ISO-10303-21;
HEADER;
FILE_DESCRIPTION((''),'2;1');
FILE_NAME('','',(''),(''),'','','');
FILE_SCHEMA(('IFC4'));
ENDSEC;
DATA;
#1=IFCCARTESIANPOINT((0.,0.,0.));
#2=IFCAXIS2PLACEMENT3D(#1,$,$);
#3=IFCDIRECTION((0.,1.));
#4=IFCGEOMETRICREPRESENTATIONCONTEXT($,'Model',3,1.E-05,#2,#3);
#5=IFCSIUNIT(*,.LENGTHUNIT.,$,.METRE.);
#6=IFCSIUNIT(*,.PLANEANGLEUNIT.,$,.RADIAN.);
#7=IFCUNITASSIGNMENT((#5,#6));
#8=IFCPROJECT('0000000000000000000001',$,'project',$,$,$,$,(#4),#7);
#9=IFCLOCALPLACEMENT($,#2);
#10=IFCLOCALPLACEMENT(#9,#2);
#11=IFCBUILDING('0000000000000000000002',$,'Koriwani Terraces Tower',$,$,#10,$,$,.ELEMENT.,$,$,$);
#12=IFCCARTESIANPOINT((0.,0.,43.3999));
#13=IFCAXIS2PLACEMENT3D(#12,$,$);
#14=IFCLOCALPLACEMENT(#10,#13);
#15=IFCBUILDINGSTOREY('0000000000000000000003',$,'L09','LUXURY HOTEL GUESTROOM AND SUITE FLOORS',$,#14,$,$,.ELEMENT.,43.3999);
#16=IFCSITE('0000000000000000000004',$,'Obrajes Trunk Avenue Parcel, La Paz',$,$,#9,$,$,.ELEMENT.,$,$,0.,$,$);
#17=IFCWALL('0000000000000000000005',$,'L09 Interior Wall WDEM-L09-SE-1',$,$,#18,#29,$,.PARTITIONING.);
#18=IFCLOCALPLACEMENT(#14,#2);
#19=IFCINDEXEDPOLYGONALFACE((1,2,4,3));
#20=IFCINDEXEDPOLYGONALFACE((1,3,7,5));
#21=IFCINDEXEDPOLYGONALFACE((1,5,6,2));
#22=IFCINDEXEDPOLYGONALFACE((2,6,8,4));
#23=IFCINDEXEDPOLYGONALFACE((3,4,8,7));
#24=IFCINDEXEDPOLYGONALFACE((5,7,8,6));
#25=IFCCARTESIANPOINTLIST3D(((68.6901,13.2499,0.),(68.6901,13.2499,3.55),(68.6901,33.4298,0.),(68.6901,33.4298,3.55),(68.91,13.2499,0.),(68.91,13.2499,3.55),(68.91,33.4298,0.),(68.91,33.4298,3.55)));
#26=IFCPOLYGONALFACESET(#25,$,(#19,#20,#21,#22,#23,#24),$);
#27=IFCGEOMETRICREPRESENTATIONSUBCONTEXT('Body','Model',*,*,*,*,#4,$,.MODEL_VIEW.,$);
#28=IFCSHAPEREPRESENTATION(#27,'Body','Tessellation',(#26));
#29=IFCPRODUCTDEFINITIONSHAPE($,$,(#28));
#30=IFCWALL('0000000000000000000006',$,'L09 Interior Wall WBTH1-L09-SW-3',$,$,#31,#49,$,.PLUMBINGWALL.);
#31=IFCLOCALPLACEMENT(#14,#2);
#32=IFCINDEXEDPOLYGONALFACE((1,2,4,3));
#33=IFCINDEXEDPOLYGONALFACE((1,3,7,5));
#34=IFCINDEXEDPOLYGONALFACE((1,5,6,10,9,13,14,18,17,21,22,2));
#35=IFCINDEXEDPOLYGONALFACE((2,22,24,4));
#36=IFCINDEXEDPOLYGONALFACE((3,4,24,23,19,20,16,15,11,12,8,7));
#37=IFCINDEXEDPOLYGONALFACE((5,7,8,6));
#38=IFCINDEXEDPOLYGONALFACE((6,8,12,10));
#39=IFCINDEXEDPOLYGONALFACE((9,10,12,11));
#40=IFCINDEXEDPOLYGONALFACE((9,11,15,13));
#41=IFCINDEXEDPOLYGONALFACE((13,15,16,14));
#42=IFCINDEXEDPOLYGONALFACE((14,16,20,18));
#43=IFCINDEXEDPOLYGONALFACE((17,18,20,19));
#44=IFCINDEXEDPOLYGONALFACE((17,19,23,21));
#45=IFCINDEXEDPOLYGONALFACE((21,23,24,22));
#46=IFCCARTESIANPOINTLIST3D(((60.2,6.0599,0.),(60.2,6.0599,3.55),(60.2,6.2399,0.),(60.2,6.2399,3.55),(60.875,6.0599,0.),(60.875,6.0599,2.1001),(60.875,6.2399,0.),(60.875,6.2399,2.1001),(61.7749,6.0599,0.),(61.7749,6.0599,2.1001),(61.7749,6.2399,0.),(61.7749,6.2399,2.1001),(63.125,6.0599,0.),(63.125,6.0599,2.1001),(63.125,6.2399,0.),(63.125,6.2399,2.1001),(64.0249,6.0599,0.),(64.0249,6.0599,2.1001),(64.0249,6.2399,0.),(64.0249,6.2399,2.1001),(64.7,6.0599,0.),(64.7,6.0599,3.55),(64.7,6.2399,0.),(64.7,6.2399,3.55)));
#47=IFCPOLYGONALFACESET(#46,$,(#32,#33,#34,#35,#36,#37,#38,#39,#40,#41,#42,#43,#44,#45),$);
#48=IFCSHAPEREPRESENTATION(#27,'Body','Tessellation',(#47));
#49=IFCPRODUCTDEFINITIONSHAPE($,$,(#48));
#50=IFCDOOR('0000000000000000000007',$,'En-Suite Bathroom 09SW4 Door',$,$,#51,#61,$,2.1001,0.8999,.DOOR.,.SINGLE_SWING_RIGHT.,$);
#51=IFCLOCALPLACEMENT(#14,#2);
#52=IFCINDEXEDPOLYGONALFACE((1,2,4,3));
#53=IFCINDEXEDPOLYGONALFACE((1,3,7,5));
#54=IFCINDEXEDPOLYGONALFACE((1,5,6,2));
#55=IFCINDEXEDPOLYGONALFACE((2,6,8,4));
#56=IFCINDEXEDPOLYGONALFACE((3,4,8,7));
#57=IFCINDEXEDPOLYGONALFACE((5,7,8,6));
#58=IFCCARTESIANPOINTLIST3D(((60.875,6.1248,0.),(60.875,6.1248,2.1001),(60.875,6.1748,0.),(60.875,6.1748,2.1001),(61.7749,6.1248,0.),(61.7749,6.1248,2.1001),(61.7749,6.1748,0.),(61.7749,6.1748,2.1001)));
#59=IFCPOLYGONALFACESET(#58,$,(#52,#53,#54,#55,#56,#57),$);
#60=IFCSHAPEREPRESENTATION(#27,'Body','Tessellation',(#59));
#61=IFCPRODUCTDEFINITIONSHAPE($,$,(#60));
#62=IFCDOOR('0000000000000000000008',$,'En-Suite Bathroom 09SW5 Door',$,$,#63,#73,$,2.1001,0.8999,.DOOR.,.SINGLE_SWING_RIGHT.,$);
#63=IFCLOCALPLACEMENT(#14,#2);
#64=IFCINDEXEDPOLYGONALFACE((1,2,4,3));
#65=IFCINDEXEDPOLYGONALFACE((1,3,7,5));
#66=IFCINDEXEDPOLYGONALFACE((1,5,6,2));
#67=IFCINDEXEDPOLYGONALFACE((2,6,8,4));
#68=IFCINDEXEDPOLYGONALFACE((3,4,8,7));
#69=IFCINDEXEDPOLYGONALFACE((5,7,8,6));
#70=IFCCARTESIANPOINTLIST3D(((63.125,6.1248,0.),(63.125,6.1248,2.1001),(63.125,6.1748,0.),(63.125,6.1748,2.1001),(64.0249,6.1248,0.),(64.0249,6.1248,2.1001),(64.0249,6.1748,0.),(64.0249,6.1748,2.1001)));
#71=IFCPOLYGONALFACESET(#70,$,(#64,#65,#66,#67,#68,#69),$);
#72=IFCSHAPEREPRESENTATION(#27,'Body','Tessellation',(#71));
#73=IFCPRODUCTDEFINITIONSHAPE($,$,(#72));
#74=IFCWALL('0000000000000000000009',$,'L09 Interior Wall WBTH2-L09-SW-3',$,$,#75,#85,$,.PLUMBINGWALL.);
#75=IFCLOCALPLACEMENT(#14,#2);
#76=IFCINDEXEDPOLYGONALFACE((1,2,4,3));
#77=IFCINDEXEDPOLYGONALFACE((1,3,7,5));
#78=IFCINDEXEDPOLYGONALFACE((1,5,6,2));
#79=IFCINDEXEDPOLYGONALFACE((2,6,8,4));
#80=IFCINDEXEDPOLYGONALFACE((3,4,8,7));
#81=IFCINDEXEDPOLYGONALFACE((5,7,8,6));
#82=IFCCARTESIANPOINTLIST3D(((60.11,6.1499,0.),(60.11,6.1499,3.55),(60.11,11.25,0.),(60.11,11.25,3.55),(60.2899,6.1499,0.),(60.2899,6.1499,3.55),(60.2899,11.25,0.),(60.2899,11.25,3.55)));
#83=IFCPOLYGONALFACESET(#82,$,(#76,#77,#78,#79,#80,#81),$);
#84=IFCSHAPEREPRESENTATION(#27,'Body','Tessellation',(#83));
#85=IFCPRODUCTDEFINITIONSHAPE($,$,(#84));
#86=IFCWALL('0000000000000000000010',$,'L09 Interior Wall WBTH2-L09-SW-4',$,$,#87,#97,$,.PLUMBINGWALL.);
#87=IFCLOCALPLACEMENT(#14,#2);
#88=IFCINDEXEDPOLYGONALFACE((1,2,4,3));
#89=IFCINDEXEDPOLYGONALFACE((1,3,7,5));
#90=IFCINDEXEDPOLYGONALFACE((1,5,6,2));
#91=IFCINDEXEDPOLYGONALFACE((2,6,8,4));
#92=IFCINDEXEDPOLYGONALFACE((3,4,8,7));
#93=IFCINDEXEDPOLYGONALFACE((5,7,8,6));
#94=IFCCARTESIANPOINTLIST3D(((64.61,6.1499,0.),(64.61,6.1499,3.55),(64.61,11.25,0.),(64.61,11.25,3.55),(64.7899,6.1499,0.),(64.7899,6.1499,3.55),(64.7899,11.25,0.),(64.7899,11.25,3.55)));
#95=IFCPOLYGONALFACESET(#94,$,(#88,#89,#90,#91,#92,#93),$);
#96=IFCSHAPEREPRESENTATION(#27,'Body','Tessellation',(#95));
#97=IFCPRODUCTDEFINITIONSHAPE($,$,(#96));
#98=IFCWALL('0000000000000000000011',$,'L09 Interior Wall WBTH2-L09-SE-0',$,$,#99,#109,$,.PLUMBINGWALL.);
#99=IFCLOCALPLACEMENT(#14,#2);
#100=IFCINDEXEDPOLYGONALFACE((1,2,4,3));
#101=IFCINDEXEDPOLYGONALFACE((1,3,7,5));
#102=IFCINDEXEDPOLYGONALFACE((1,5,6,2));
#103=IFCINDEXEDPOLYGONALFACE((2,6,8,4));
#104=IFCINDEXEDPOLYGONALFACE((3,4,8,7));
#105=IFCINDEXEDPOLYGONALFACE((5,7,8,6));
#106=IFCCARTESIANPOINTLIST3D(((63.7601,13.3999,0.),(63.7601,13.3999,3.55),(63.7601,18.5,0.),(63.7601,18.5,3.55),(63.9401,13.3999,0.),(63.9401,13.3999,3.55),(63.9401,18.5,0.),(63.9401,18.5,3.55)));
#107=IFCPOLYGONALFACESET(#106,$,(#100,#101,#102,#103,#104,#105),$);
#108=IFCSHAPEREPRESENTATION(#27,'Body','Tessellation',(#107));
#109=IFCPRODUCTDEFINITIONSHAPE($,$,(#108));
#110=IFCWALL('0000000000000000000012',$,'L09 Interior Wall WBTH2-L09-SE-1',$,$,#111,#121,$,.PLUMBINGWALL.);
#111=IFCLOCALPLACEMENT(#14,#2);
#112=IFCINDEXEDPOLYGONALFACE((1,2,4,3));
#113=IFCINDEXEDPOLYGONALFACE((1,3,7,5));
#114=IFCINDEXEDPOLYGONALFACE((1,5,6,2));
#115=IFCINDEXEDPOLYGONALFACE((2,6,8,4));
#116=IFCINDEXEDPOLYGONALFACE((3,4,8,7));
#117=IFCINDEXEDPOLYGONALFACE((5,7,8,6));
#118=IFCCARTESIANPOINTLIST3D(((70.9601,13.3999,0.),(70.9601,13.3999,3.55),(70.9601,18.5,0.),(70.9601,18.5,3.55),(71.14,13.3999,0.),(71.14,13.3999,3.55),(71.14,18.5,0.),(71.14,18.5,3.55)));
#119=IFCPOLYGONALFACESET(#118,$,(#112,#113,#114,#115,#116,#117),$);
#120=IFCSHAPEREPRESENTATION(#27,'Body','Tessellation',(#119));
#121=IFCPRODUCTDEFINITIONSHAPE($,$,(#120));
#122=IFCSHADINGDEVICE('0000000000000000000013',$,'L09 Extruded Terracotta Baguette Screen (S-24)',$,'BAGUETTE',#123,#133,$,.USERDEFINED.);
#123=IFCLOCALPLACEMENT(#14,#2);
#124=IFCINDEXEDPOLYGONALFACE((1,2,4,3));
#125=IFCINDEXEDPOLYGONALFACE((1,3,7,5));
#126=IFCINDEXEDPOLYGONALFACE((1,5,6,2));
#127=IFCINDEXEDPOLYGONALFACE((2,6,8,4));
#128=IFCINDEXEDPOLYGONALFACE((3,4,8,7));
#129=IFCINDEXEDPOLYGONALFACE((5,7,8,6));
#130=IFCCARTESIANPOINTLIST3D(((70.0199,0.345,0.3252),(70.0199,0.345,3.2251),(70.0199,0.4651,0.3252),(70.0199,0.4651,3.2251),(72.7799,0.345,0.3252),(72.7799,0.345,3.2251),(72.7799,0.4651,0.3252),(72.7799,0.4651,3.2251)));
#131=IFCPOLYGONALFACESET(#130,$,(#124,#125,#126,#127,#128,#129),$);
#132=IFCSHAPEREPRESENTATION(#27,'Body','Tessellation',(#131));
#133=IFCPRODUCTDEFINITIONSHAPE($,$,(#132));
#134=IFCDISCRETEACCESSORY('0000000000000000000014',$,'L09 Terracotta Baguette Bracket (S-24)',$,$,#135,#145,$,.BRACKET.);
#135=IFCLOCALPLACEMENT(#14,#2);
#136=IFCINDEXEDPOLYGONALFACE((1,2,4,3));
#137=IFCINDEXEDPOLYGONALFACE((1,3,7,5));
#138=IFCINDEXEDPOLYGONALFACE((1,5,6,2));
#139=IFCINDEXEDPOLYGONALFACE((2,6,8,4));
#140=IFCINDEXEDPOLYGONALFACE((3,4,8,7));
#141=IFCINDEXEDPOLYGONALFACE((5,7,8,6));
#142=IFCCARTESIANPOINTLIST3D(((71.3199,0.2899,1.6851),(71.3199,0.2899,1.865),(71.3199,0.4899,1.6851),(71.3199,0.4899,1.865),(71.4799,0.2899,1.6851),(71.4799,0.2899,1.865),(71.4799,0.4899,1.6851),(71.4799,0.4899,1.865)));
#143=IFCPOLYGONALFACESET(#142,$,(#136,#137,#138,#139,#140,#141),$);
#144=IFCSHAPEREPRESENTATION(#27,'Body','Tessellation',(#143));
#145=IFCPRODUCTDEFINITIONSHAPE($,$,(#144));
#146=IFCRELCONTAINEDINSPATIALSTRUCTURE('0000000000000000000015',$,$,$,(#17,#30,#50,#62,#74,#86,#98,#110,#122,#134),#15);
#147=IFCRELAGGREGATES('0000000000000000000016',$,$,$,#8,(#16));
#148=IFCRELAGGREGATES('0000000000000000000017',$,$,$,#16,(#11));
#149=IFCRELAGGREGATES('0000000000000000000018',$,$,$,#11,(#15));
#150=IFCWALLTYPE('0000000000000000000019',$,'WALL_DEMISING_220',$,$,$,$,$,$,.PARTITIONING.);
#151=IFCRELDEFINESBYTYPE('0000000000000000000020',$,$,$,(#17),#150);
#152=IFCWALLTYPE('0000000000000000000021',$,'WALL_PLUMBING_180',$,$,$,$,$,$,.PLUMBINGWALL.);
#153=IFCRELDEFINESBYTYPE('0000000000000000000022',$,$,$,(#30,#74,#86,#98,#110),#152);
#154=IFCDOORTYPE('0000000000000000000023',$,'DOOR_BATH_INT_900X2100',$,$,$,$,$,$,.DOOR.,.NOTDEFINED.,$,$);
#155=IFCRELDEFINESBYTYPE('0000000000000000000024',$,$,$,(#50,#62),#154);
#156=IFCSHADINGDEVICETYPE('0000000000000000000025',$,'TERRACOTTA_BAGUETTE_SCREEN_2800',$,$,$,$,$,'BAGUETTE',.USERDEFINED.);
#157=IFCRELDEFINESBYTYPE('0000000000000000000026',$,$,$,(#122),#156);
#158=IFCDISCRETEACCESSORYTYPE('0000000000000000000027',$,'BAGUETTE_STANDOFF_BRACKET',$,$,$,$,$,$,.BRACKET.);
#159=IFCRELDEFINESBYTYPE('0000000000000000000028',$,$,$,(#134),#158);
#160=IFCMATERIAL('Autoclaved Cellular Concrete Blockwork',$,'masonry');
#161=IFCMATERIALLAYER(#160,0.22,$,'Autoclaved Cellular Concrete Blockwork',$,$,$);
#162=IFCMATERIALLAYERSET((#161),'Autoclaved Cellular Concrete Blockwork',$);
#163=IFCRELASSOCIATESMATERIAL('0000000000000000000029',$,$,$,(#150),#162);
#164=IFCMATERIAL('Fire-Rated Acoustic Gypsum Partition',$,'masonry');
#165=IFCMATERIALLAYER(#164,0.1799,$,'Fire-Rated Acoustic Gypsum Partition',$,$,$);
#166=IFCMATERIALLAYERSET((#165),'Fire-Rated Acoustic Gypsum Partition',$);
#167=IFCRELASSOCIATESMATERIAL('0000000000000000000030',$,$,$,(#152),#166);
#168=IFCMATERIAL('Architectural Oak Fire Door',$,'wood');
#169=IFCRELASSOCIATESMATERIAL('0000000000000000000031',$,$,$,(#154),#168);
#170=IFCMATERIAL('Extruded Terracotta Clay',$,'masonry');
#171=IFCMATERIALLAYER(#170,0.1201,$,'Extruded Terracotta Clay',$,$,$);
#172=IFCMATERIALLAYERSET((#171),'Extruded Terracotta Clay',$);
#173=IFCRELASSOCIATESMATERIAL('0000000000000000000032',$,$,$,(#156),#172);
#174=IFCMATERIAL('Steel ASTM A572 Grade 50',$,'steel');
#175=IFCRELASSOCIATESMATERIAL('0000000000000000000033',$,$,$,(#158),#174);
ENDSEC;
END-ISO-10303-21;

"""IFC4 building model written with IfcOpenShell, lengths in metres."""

from ifc_helpers import new_model, si_unit, direction, frame, frame_2d, origin, origin_2d, place, context, subcontext, project, spatial, rectangle, extrude, material, layer, layer_set, type_object, element, fill, save


model = new_model("IFC4")

# Units and contexts
model_context = context("Model", 3, precision=1e-05, world=origin(), true_north=direction((0.0, 1.0)))
body_context = subcontext(model_context, "Body", "Model", "MODEL_VIEW")
ifc_project = project(units=[si_unit("LENGTHUNIT", "METRE"), si_unit("PLANEANGLEUNIT", "RADIAN")], contexts=[model_context])

# Site, building, storey
site_placement = place(None, origin())
site = spatial("IfcSite", under=ifc_project, at=site_placement, Name="Obrajes Trunk Avenue Parcel, La Paz", CompositionType="ELEMENT", RefElevation=0.0)
building_placement = place(site_placement, origin())
building = spatial("IfcBuilding", under=site, at=building_placement, Name="Koriwani Terraces Tower", CompositionType="ELEMENT")
storey_placement = place(building_placement, frame((0.0, 0.0, 43.3999)))
storey = spatial("IfcBuildingStorey", under=building, at=storey_placement, Name="L09", Description="LUXURY HOTEL GUESTROOM AND SUITE FLOORS", CompositionType="ELEMENT", Elevation=43.3999)

# Shared definitions
ifc_material_1 = material(Name="Steel ASTM A572 Grade 50", Category="steel")

# Shared definitions
ifc_material_2 = material(Name="Autoclaved Cellular Concrete Blockwork", Category="masonry")
ifc_material_3 = material(Name="Architectural Oak Fire Door", Category="wood")

# Wall
ifc_layer_1 = layer(ifc_material_2, 0.22, Name="Autoclaved Cellular Concrete Blockwork")
ifc_layer_set_1 = layer_set([ifc_layer_1], Name="Autoclaved Cellular Concrete Blockwork")
wall_type_1 = type_object("IfcWallType", Name="WALL_DEMISING_220", PredefinedType="PARTITIONING", material=ifc_layer_set_1)
for number, where, z_axis, x_axis, name in (
    (1, (68.8, 13.25, 0.0), (0.0, 0.0, 1.0), (0.0, 1.0, 0.0), "L09 Interior Wall WDEM-L09-SE-1"),
):
    element("IfcWall", number, at=place(storey_placement, frame(where, z_axis=z_axis, x_axis=x_axis)), inside=storey, type_object=wall_type_1, Name=name, PredefinedType="PARTITIONING", context=body_context, shape_type="SweptSolid", body=[
        extrude(rectangle(XDim=20.1799, YDim=0.22, at=frame_2d((10.0898, 0.0))), origin(), (0.0, 0.0, 1.0), 3.55),
    ])

# Wall, openings, doors
ifc_material_4 = material(Name="Fire-Rated Acoustic Gypsum Partition", Category="masonry")
ifc_layer_2 = layer(ifc_material_4, 0.1799, Name="Fire-Rated Acoustic Gypsum Partition")
ifc_layer_set_2 = layer_set([ifc_layer_2], Name="Fire-Rated Acoustic Gypsum Partition")
wall_type_2 = type_object("IfcWallType", Name="WALL_PLUMBING_180", PredefinedType="PLUMBINGWALL", material=ifc_layer_set_2)
wall_1_placement = place(storey_placement, frame((60.2, 6.1499, 0.0), z_axis=(0.0, 0.0, 1.0), x_axis=(1.0, 0.0, 0.0)))
wall_1 = element("IfcWall", 2, at=wall_1_placement, inside=storey, type_object=wall_type_2, Name="L09 Interior Wall WBTH1-L09-SW-3", PredefinedType="PLUMBINGWALL", context=body_context, shape_type="SweptSolid", body=[
    extrude(rectangle(XDim=4.5, YDim=0.1799, at=frame_2d((2.25, 0.0))), origin(), (0.0, 0.0, 1.0), 3.55),
])
opening_1_placement = place(wall_1_placement, frame((0.675, 0.0, 0.0)))
opening_1 = element("IfcOpeningElement", 3, at=opening_1_placement, cuts=wall_1, PredefinedType="OPENING", context=body_context, shape_type="SweptSolid", body=[
    extrude(rectangle(XDim=0.8999, YDim=2.1001, at=frame_2d((0.45, 1.05))), frame((0.0, 0.1001, 0.0), z_axis=(0.0, -1.0, 0.0), x_axis=(1.0, 0.0, 0.0)), (0.0, 0.0, 1.0), 0.2),
])
opening_2_placement = place(wall_1_placement, frame((2.925, 0.0, 0.0)))
opening_2 = element("IfcOpeningElement", 4, at=opening_2_placement, cuts=wall_1, PredefinedType="OPENING", context=body_context, shape_type="SweptSolid", body=[
    extrude(rectangle(XDim=0.8999, YDim=2.1001, at=frame_2d((0.45, 1.05))), frame((0.0, 0.1001, 0.0), z_axis=(0.0, -1.0, 0.0), x_axis=(1.0, 0.0, 0.0)), (0.0, 0.0, 1.0), 0.2),
])
door_type_1 = type_object("IfcDoorType", Name="DOOR_BATH_INT_900X2100", OperationType="NOTDEFINED", PredefinedType="DOOR", material=ifc_material_3)
door_1_placement = place(opening_1_placement, origin())
door_1 = element("IfcDoor", 5, at=door_1_placement, inside=storey, type_object=door_type_1, Name="En-Suite Bathroom 09SW4 Door", OperationType="SINGLE_SWING_RIGHT", OverallHeight=2.1001, OverallWidth=0.8999, PredefinedType="DOOR", context=body_context, shape_type="SweptSolid", body=[
    extrude(rectangle(XDim=0.8999, YDim=2.1001, at=frame_2d((0.45, 1.05))), frame((0.0, 0.0249, 0.0), z_axis=(0.0, -1.0, 0.0), x_axis=(1.0, 0.0, 0.0)), (0.0, 0.0, 1.0), 0.05),
])
fill(opening_1, door_1)
door_2_placement = place(opening_2_placement, origin())
door_2 = element("IfcDoor", 6, at=door_2_placement, inside=storey, type_object=door_type_1, Name="En-Suite Bathroom 09SW5 Door", OperationType="SINGLE_SWING_RIGHT", OverallHeight=2.1001, OverallWidth=0.8999, PredefinedType="DOOR", context=body_context, shape_type="SweptSolid", body=[
    extrude(rectangle(XDim=0.8999, YDim=2.1001, at=frame_2d((0.45, 1.05))), frame((0.0, 0.0249, 0.0), z_axis=(0.0, -1.0, 0.0), x_axis=(1.0, 0.0, 0.0)), (0.0, 0.0, 1.0), 0.05),
])
fill(opening_2, door_2)

# Walls
for number, where, z_axis, x_axis, name in (
    (7, (60.2, 6.1499, 0.0), (0.0, 0.0, 1.0), (0.0, 1.0, 0.0), "L09 Interior Wall WBTH2-L09-SW-3"),
    (8, (64.7, 6.1499, 0.0), (0.0, 0.0, 1.0), (0.0, 1.0, 0.0), "L09 Interior Wall WBTH2-L09-SW-4"),
    (9, (63.8501, 13.3999, 0.0), (0.0, 0.0, 1.0), (0.0, 1.0, 0.0), "L09 Interior Wall WBTH2-L09-SE-0"),
    (10, (71.05, 13.3999, 0.0), (0.0, 0.0, 1.0), (0.0, 1.0, 0.0), "L09 Interior Wall WBTH2-L09-SE-1"),
):
    element("IfcWall", number, at=place(storey_placement, frame(where, z_axis=z_axis, x_axis=x_axis)), inside=storey, type_object=wall_type_2, Name=name, PredefinedType="PLUMBINGWALL", context=body_context, shape_type="SweptSolid", body=[
        extrude(rectangle(XDim=5.1001, YDim=0.1799, at=frame_2d((2.55, 0.0))), origin(), (0.0, 0.0, 1.0), 3.55),
    ])

# Shading device
ifc_material_5 = material(Name="Extruded Terracotta Clay", Category="masonry")
ifc_layer_3 = layer(ifc_material_5, 0.1201, Name="Extruded Terracotta Clay")
ifc_layer_set_3 = layer_set([ifc_layer_3], Name="Extruded Terracotta Clay")
shading_device_type = type_object("IfcShadingDeviceType", Name="TERRACOTTA_BAGUETTE_SCREEN_2800", ElementType="BAGUETTE", PredefinedType="USERDEFINED", material=ifc_layer_set_3)
shading_device_placement = place(storey_placement, frame((71.3999, 0.405, 0.3252), z_axis=(0.0, 0.0, 1.0), x_axis=(-1.0, 0.0, 0.0)))
element("IfcShadingDevice", 11, at=shading_device_placement, inside=storey, type_object=shading_device_type, Name="L09 Extruded Terracotta Baguette Screen (S-24)", ObjectType="BAGUETTE", PredefinedType="USERDEFINED", context=body_context, shape_type="SweptSolid", body=[
    extrude(rectangle(XDim=2.76, YDim=0.1201, at=origin_2d()), origin(), (0.0, 0.0, 1.0), 2.8999),
])

# Discrete accessory
discrete_accessory_type = type_object("IfcDiscreteAccessoryType", Name="BAGUETTE_STANDOFF_BRACKET", PredefinedType="BRACKET", material=ifc_material_1)
discrete_accessory_placement = place(storey_placement, frame((71.3999, 0.3899, 1.6851), z_axis=(0.0, 0.0, 1.0), x_axis=(-1.0, 0.0, 0.0)))
element("IfcDiscreteAccessory", 12, at=discrete_accessory_placement, inside=storey, type_object=discrete_accessory_type, Name="L09 Terracotta Baguette Bracket (S-24)", PredefinedType="BRACKET", context=body_context, shape_type="SweptSolid", body=[
    extrude(rectangle(XDim=0.1599, YDim=0.2, at=origin_2d()), origin(), (0.0, 0.0, 1.0), 0.1799),
])

save(model, "model.ifc")
